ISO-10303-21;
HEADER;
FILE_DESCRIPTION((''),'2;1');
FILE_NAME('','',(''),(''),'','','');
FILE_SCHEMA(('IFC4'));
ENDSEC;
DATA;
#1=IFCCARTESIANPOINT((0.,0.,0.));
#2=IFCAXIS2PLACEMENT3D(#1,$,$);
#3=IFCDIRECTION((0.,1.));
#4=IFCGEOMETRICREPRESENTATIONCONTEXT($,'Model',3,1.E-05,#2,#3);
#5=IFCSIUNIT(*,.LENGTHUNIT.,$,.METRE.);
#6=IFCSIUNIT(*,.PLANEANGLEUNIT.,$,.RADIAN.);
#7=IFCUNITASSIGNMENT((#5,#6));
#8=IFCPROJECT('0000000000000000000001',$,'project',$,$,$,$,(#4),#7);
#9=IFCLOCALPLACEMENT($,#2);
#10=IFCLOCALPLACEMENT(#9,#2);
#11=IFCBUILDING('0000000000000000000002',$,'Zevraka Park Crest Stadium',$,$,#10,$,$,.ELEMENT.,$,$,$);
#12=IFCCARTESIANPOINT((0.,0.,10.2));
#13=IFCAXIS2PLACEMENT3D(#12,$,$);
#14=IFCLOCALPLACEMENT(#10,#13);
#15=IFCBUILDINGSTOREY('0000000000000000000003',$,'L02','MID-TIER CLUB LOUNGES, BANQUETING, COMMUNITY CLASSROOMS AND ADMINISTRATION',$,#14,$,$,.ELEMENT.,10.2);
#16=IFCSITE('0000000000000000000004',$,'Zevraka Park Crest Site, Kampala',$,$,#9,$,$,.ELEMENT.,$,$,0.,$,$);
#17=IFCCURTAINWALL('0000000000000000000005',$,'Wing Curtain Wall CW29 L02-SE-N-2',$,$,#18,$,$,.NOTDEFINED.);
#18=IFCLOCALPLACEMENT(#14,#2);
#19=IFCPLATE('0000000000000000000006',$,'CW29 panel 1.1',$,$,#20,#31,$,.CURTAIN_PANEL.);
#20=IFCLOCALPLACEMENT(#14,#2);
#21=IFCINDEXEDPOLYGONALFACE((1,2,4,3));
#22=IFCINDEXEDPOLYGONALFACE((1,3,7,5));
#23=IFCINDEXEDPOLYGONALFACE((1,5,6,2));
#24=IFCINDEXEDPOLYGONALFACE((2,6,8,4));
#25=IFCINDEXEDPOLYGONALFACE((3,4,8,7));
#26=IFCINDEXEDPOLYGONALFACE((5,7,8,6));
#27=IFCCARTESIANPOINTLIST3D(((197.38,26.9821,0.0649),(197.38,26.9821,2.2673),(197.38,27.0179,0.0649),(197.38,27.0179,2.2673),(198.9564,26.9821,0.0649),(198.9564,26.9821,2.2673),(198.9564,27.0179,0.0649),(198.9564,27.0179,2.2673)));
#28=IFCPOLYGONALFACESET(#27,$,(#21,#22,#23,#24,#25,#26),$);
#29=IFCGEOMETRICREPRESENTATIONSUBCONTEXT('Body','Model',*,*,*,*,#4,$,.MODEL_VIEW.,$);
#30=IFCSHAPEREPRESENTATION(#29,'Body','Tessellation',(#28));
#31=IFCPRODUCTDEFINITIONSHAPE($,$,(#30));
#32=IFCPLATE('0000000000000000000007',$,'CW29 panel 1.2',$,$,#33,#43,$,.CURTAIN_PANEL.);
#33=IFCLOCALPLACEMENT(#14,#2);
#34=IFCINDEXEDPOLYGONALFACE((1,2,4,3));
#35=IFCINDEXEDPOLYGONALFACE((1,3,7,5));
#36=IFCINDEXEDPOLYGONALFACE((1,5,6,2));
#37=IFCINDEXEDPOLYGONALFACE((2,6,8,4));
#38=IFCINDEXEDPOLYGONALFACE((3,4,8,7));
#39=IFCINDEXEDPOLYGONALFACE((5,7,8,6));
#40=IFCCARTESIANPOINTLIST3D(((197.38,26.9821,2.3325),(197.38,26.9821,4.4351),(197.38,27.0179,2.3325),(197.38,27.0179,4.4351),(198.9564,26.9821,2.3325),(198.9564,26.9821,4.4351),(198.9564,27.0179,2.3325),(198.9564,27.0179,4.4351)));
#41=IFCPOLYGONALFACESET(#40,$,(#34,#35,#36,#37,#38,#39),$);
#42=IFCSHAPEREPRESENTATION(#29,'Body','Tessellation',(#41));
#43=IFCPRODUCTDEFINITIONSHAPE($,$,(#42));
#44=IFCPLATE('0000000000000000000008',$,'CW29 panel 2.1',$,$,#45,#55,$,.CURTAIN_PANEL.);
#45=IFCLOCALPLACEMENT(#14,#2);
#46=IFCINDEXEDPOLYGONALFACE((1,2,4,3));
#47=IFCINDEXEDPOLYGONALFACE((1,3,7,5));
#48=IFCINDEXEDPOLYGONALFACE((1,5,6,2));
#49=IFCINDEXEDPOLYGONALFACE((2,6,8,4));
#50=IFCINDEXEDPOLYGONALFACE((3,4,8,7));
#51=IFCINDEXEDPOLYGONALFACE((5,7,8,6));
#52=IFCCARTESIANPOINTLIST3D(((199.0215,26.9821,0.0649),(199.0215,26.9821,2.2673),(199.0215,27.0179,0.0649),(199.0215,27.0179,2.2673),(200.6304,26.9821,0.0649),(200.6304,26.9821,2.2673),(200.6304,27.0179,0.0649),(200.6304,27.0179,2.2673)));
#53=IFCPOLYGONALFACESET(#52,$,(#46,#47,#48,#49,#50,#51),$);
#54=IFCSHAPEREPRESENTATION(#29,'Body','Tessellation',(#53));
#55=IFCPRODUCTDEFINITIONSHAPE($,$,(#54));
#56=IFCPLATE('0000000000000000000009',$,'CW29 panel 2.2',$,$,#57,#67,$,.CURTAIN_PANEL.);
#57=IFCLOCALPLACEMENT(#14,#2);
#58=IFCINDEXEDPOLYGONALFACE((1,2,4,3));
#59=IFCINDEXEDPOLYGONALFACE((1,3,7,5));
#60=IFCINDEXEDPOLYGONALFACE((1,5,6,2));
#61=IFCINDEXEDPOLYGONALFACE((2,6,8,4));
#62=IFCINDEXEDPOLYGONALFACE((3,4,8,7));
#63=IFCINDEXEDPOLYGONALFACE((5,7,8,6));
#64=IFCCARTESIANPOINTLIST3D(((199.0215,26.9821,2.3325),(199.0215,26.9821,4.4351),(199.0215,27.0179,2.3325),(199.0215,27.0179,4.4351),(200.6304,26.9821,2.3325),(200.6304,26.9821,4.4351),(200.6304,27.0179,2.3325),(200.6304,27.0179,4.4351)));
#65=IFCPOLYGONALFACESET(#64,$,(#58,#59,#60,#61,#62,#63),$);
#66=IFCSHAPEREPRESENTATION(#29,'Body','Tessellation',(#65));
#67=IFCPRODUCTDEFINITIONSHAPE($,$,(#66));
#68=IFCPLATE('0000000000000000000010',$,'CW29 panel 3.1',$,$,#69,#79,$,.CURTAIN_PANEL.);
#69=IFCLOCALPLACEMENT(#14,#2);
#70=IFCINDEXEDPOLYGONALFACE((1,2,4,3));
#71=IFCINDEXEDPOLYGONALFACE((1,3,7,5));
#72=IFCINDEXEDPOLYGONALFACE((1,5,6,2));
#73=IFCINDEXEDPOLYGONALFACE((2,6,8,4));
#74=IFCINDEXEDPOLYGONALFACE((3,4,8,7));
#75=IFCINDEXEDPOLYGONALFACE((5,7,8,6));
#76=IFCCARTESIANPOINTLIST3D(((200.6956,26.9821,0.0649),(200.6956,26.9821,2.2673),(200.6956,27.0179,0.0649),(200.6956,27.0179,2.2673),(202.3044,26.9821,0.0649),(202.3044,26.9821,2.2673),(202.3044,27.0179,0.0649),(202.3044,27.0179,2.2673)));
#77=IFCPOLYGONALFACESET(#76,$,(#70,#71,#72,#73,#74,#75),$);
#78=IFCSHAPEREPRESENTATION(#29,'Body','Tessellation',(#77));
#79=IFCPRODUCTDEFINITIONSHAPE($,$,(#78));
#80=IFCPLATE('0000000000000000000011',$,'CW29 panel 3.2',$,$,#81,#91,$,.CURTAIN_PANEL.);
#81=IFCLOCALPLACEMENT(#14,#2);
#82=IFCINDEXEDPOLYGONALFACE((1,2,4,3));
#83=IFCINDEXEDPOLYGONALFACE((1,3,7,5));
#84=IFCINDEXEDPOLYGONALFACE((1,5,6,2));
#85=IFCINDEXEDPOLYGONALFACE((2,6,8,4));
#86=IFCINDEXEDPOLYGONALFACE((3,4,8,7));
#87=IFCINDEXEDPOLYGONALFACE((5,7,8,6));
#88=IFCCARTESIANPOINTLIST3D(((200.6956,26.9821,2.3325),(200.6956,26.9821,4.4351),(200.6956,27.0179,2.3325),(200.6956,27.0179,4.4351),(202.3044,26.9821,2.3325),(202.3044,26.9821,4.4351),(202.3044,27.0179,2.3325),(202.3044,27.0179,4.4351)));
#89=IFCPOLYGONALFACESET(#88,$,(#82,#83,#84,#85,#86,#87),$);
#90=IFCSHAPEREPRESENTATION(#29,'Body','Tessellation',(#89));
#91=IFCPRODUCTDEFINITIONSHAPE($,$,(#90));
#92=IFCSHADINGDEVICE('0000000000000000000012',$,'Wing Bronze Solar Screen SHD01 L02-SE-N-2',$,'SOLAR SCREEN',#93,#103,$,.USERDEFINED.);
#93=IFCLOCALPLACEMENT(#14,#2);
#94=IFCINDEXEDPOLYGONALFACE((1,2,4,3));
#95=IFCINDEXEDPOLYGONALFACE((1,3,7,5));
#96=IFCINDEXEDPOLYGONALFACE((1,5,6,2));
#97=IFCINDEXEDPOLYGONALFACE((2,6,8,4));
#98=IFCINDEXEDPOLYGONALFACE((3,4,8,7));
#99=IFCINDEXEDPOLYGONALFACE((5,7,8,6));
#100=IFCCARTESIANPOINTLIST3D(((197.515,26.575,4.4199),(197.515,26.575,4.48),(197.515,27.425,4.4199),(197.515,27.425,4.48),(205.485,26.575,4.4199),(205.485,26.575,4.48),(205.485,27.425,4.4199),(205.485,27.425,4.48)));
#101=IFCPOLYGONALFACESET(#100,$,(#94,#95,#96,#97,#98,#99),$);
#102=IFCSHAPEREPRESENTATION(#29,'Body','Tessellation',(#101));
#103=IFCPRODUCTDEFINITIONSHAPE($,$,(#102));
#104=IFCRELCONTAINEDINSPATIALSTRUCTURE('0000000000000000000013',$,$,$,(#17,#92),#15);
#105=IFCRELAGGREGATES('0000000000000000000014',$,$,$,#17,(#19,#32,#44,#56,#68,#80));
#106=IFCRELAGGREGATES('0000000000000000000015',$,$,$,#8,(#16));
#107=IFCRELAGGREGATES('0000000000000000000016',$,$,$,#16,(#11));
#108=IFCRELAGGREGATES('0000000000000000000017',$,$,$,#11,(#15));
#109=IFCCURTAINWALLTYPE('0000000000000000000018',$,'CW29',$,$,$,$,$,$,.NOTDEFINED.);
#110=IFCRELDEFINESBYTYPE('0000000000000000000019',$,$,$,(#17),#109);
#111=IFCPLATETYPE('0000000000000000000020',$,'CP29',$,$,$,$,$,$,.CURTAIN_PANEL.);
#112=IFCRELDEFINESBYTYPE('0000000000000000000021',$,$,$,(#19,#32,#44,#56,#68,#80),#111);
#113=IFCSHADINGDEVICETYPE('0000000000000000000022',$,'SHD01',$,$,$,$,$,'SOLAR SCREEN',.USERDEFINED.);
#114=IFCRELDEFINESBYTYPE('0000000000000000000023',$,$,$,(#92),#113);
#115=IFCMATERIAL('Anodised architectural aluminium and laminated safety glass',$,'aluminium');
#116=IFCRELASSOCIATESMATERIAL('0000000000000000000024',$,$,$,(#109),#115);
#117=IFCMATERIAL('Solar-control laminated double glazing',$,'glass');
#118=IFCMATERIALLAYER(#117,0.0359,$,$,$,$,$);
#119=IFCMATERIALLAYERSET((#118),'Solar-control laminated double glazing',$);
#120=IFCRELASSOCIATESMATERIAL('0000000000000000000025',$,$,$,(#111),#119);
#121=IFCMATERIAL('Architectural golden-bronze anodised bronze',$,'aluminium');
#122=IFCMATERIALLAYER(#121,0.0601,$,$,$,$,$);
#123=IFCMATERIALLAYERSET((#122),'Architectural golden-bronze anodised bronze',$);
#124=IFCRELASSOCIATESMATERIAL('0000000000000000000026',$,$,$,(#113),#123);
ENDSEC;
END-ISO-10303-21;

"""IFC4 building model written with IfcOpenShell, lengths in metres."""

from ifc_helpers import new_model, si_unit, direction, frame, origin, origin_2d, place, context, subcontext, project, spatial, rectangle, extrude, material, layer, layer_set, type_object, element, aggregate, save


model = new_model("IFC4")

# Units and contexts
model_context = context("Model", 3, precision=1e-05, world=origin(), true_north=direction((0.0, 1.0)))
body_context = subcontext(model_context, "Body", "Model", "MODEL_VIEW")
ifc_project = project(units=[si_unit("LENGTHUNIT", "METRE"), si_unit("PLANEANGLEUNIT", "RADIAN")], contexts=[model_context])

# Site, building, storey
site_placement = place(None, origin())
site = spatial("IfcSite", under=ifc_project, at=site_placement, Name="Zevraka Park Crest Site, Kampala", CompositionType="ELEMENT", RefElevation=0.0)
building_placement = place(site_placement, origin())
building = spatial("IfcBuilding", under=site, at=building_placement, Name="Zevraka Park Crest Stadium", CompositionType="ELEMENT")
storey_placement = place(building_placement, frame((0.0, 0.0, 10.2)))
storey = spatial("IfcBuildingStorey", under=building, at=storey_placement, Name="L02", Description="MID-TIER CLUB LOUNGES, BANQUETING, COMMUNITY CLASSROOMS AND ADMINISTRATION", CompositionType="ELEMENT", Elevation=10.2)

# Curtain wall, plates
ifc_material_1 = material(Name="Anodised architectural aluminium and laminated safety glass", Category="aluminium")
curtain_wall_type = type_object("IfcCurtainWallType", Name="CW29", PredefinedType="NOTDEFINED", material=ifc_material_1)
curtain_wall_placement = place(storey_placement, origin())
curtain_wall = element("IfcCurtainWall", 1, at=curtain_wall_placement, inside=storey, type_object=curtain_wall_type, Name="Wing Curtain Wall CW29 L02-SE-N-2", PredefinedType="NOTDEFINED")
ifc_material_2 = material(Name="Solar-control laminated double glazing", Category="glass")
ifc_layer_1 = layer(ifc_material_2, 0.0359)
ifc_layer_set_1 = layer_set([ifc_layer_1], Name="Solar-control laminated double glazing")
plate_type = type_object("IfcPlateType", Name="CP29", PredefinedType="CURTAIN_PANEL", material=ifc_layer_set_1)
plate_1_placement = place(storey_placement, frame((198.1682, 27.0, 0.0649), z_axis=(0.0, 0.0, 1.0), x_axis=(1.0, 0.0, 0.0)))
plate_1 = element("IfcPlate", 2, at=plate_1_placement, type_object=plate_type, Name="CW29 panel 1.1", PredefinedType="CURTAIN_PANEL", context=body_context, shape_type="SweptSolid", body=[
    extrude(rectangle(XDim=1.5764, YDim=0.0359, at=origin_2d()), origin(), (0.0, 0.0, 1.0), 2.2024),
])
plate_2_placement = place(storey_placement, frame((198.1682, 27.0, 2.3325), z_axis=(0.0, 0.0, 1.0), x_axis=(1.0, 0.0, 0.0)))
plate_2 = element("IfcPlate", 3, at=plate_2_placement, type_object=plate_type, Name="CW29 panel 1.2", PredefinedType="CURTAIN_PANEL", context=body_context, shape_type="SweptSolid", body=[
    extrude(rectangle(XDim=1.5764, YDim=0.0359, at=origin_2d()), origin(), (0.0, 0.0, 1.0), 2.1025),
])
plate_3_placement = place(storey_placement, frame((199.8259, 27.0, 0.0649), z_axis=(0.0, 0.0, 1.0), x_axis=(1.0, 0.0, 0.0)))
plate_3 = element("IfcPlate", 4, at=plate_3_placement, type_object=plate_type, Name="CW29 panel 2.1", PredefinedType="CURTAIN_PANEL", context=body_context, shape_type="SweptSolid", body=[
    extrude(rectangle(XDim=1.6089, YDim=0.0359, at=origin_2d()), origin(), (0.0, 0.0, 1.0), 2.2024),
])
plate_4_placement = place(storey_placement, frame((199.8259, 27.0, 2.3325), z_axis=(0.0, 0.0, 1.0), x_axis=(1.0, 0.0, 0.0)))
plate_4 = element("IfcPlate", 5, at=plate_4_placement, type_object=plate_type, Name="CW29 panel 2.2", PredefinedType="CURTAIN_PANEL", context=body_context, shape_type="SweptSolid", body=[
    extrude(rectangle(XDim=1.6089, YDim=0.0359, at=origin_2d()), origin(), (0.0, 0.0, 1.0), 2.1025),
])
plate_5_placement = place(storey_placement, frame((201.5, 27.0, 0.0649), z_axis=(0.0, 0.0, 1.0), x_axis=(1.0, 0.0, 0.0)))
plate_5 = element("IfcPlate", 6, at=plate_5_placement, type_object=plate_type, Name="CW29 panel 3.1", PredefinedType="CURTAIN_PANEL", context=body_context, shape_type="SweptSolid", body=[
    extrude(rectangle(XDim=1.6089, YDim=0.0359, at=origin_2d()), origin(), (0.0, 0.0, 1.0), 2.2024),
])
plate_6_placement = place(storey_placement, frame((201.5, 27.0, 2.3325), z_axis=(0.0, 0.0, 1.0), x_axis=(1.0, 0.0, 0.0)))
plate_6 = element("IfcPlate", 7, at=plate_6_placement, type_object=plate_type, Name="CW29 panel 3.2", PredefinedType="CURTAIN_PANEL", context=body_context, shape_type="SweptSolid", body=[
    extrude(rectangle(XDim=1.6089, YDim=0.0359, at=origin_2d()), origin(), (0.0, 0.0, 1.0), 2.1025),
])
aggregate(curtain_wall, [plate_1, plate_2, plate_3, plate_4, plate_5, plate_6])

# Shading device
ifc_material_3 = material(Name="Architectural golden-bronze anodised bronze", Category="aluminium")
ifc_layer_2 = layer(ifc_material_3, 0.0601)
ifc_layer_set_2 = layer_set([ifc_layer_2], Name="Architectural golden-bronze anodised bronze")
shading_device_type = type_object("IfcShadingDeviceType", Name="SHD01", ElementType="SOLAR SCREEN", PredefinedType="USERDEFINED", material=ifc_layer_set_2)
shading_device_placement = place(storey_placement, frame((201.5, 27.0, 4.4199), z_axis=(0.0, 0.0, 1.0), x_axis=(1.0, 0.0, 0.0)))
element("IfcShadingDevice", 8, at=shading_device_placement, inside=storey, type_object=shading_device_type, Name="Wing Bronze Solar Screen SHD01 L02-SE-N-2", ObjectType="SOLAR SCREEN", PredefinedType="USERDEFINED", context=body_context, shape_type="SweptSolid", body=[
    extrude(rectangle(XDim=7.97, YDim=0.8501, at=origin_2d()), origin(), (0.0, 0.0, 1.0), 0.0601),
])

save(model, "model.ifc")
